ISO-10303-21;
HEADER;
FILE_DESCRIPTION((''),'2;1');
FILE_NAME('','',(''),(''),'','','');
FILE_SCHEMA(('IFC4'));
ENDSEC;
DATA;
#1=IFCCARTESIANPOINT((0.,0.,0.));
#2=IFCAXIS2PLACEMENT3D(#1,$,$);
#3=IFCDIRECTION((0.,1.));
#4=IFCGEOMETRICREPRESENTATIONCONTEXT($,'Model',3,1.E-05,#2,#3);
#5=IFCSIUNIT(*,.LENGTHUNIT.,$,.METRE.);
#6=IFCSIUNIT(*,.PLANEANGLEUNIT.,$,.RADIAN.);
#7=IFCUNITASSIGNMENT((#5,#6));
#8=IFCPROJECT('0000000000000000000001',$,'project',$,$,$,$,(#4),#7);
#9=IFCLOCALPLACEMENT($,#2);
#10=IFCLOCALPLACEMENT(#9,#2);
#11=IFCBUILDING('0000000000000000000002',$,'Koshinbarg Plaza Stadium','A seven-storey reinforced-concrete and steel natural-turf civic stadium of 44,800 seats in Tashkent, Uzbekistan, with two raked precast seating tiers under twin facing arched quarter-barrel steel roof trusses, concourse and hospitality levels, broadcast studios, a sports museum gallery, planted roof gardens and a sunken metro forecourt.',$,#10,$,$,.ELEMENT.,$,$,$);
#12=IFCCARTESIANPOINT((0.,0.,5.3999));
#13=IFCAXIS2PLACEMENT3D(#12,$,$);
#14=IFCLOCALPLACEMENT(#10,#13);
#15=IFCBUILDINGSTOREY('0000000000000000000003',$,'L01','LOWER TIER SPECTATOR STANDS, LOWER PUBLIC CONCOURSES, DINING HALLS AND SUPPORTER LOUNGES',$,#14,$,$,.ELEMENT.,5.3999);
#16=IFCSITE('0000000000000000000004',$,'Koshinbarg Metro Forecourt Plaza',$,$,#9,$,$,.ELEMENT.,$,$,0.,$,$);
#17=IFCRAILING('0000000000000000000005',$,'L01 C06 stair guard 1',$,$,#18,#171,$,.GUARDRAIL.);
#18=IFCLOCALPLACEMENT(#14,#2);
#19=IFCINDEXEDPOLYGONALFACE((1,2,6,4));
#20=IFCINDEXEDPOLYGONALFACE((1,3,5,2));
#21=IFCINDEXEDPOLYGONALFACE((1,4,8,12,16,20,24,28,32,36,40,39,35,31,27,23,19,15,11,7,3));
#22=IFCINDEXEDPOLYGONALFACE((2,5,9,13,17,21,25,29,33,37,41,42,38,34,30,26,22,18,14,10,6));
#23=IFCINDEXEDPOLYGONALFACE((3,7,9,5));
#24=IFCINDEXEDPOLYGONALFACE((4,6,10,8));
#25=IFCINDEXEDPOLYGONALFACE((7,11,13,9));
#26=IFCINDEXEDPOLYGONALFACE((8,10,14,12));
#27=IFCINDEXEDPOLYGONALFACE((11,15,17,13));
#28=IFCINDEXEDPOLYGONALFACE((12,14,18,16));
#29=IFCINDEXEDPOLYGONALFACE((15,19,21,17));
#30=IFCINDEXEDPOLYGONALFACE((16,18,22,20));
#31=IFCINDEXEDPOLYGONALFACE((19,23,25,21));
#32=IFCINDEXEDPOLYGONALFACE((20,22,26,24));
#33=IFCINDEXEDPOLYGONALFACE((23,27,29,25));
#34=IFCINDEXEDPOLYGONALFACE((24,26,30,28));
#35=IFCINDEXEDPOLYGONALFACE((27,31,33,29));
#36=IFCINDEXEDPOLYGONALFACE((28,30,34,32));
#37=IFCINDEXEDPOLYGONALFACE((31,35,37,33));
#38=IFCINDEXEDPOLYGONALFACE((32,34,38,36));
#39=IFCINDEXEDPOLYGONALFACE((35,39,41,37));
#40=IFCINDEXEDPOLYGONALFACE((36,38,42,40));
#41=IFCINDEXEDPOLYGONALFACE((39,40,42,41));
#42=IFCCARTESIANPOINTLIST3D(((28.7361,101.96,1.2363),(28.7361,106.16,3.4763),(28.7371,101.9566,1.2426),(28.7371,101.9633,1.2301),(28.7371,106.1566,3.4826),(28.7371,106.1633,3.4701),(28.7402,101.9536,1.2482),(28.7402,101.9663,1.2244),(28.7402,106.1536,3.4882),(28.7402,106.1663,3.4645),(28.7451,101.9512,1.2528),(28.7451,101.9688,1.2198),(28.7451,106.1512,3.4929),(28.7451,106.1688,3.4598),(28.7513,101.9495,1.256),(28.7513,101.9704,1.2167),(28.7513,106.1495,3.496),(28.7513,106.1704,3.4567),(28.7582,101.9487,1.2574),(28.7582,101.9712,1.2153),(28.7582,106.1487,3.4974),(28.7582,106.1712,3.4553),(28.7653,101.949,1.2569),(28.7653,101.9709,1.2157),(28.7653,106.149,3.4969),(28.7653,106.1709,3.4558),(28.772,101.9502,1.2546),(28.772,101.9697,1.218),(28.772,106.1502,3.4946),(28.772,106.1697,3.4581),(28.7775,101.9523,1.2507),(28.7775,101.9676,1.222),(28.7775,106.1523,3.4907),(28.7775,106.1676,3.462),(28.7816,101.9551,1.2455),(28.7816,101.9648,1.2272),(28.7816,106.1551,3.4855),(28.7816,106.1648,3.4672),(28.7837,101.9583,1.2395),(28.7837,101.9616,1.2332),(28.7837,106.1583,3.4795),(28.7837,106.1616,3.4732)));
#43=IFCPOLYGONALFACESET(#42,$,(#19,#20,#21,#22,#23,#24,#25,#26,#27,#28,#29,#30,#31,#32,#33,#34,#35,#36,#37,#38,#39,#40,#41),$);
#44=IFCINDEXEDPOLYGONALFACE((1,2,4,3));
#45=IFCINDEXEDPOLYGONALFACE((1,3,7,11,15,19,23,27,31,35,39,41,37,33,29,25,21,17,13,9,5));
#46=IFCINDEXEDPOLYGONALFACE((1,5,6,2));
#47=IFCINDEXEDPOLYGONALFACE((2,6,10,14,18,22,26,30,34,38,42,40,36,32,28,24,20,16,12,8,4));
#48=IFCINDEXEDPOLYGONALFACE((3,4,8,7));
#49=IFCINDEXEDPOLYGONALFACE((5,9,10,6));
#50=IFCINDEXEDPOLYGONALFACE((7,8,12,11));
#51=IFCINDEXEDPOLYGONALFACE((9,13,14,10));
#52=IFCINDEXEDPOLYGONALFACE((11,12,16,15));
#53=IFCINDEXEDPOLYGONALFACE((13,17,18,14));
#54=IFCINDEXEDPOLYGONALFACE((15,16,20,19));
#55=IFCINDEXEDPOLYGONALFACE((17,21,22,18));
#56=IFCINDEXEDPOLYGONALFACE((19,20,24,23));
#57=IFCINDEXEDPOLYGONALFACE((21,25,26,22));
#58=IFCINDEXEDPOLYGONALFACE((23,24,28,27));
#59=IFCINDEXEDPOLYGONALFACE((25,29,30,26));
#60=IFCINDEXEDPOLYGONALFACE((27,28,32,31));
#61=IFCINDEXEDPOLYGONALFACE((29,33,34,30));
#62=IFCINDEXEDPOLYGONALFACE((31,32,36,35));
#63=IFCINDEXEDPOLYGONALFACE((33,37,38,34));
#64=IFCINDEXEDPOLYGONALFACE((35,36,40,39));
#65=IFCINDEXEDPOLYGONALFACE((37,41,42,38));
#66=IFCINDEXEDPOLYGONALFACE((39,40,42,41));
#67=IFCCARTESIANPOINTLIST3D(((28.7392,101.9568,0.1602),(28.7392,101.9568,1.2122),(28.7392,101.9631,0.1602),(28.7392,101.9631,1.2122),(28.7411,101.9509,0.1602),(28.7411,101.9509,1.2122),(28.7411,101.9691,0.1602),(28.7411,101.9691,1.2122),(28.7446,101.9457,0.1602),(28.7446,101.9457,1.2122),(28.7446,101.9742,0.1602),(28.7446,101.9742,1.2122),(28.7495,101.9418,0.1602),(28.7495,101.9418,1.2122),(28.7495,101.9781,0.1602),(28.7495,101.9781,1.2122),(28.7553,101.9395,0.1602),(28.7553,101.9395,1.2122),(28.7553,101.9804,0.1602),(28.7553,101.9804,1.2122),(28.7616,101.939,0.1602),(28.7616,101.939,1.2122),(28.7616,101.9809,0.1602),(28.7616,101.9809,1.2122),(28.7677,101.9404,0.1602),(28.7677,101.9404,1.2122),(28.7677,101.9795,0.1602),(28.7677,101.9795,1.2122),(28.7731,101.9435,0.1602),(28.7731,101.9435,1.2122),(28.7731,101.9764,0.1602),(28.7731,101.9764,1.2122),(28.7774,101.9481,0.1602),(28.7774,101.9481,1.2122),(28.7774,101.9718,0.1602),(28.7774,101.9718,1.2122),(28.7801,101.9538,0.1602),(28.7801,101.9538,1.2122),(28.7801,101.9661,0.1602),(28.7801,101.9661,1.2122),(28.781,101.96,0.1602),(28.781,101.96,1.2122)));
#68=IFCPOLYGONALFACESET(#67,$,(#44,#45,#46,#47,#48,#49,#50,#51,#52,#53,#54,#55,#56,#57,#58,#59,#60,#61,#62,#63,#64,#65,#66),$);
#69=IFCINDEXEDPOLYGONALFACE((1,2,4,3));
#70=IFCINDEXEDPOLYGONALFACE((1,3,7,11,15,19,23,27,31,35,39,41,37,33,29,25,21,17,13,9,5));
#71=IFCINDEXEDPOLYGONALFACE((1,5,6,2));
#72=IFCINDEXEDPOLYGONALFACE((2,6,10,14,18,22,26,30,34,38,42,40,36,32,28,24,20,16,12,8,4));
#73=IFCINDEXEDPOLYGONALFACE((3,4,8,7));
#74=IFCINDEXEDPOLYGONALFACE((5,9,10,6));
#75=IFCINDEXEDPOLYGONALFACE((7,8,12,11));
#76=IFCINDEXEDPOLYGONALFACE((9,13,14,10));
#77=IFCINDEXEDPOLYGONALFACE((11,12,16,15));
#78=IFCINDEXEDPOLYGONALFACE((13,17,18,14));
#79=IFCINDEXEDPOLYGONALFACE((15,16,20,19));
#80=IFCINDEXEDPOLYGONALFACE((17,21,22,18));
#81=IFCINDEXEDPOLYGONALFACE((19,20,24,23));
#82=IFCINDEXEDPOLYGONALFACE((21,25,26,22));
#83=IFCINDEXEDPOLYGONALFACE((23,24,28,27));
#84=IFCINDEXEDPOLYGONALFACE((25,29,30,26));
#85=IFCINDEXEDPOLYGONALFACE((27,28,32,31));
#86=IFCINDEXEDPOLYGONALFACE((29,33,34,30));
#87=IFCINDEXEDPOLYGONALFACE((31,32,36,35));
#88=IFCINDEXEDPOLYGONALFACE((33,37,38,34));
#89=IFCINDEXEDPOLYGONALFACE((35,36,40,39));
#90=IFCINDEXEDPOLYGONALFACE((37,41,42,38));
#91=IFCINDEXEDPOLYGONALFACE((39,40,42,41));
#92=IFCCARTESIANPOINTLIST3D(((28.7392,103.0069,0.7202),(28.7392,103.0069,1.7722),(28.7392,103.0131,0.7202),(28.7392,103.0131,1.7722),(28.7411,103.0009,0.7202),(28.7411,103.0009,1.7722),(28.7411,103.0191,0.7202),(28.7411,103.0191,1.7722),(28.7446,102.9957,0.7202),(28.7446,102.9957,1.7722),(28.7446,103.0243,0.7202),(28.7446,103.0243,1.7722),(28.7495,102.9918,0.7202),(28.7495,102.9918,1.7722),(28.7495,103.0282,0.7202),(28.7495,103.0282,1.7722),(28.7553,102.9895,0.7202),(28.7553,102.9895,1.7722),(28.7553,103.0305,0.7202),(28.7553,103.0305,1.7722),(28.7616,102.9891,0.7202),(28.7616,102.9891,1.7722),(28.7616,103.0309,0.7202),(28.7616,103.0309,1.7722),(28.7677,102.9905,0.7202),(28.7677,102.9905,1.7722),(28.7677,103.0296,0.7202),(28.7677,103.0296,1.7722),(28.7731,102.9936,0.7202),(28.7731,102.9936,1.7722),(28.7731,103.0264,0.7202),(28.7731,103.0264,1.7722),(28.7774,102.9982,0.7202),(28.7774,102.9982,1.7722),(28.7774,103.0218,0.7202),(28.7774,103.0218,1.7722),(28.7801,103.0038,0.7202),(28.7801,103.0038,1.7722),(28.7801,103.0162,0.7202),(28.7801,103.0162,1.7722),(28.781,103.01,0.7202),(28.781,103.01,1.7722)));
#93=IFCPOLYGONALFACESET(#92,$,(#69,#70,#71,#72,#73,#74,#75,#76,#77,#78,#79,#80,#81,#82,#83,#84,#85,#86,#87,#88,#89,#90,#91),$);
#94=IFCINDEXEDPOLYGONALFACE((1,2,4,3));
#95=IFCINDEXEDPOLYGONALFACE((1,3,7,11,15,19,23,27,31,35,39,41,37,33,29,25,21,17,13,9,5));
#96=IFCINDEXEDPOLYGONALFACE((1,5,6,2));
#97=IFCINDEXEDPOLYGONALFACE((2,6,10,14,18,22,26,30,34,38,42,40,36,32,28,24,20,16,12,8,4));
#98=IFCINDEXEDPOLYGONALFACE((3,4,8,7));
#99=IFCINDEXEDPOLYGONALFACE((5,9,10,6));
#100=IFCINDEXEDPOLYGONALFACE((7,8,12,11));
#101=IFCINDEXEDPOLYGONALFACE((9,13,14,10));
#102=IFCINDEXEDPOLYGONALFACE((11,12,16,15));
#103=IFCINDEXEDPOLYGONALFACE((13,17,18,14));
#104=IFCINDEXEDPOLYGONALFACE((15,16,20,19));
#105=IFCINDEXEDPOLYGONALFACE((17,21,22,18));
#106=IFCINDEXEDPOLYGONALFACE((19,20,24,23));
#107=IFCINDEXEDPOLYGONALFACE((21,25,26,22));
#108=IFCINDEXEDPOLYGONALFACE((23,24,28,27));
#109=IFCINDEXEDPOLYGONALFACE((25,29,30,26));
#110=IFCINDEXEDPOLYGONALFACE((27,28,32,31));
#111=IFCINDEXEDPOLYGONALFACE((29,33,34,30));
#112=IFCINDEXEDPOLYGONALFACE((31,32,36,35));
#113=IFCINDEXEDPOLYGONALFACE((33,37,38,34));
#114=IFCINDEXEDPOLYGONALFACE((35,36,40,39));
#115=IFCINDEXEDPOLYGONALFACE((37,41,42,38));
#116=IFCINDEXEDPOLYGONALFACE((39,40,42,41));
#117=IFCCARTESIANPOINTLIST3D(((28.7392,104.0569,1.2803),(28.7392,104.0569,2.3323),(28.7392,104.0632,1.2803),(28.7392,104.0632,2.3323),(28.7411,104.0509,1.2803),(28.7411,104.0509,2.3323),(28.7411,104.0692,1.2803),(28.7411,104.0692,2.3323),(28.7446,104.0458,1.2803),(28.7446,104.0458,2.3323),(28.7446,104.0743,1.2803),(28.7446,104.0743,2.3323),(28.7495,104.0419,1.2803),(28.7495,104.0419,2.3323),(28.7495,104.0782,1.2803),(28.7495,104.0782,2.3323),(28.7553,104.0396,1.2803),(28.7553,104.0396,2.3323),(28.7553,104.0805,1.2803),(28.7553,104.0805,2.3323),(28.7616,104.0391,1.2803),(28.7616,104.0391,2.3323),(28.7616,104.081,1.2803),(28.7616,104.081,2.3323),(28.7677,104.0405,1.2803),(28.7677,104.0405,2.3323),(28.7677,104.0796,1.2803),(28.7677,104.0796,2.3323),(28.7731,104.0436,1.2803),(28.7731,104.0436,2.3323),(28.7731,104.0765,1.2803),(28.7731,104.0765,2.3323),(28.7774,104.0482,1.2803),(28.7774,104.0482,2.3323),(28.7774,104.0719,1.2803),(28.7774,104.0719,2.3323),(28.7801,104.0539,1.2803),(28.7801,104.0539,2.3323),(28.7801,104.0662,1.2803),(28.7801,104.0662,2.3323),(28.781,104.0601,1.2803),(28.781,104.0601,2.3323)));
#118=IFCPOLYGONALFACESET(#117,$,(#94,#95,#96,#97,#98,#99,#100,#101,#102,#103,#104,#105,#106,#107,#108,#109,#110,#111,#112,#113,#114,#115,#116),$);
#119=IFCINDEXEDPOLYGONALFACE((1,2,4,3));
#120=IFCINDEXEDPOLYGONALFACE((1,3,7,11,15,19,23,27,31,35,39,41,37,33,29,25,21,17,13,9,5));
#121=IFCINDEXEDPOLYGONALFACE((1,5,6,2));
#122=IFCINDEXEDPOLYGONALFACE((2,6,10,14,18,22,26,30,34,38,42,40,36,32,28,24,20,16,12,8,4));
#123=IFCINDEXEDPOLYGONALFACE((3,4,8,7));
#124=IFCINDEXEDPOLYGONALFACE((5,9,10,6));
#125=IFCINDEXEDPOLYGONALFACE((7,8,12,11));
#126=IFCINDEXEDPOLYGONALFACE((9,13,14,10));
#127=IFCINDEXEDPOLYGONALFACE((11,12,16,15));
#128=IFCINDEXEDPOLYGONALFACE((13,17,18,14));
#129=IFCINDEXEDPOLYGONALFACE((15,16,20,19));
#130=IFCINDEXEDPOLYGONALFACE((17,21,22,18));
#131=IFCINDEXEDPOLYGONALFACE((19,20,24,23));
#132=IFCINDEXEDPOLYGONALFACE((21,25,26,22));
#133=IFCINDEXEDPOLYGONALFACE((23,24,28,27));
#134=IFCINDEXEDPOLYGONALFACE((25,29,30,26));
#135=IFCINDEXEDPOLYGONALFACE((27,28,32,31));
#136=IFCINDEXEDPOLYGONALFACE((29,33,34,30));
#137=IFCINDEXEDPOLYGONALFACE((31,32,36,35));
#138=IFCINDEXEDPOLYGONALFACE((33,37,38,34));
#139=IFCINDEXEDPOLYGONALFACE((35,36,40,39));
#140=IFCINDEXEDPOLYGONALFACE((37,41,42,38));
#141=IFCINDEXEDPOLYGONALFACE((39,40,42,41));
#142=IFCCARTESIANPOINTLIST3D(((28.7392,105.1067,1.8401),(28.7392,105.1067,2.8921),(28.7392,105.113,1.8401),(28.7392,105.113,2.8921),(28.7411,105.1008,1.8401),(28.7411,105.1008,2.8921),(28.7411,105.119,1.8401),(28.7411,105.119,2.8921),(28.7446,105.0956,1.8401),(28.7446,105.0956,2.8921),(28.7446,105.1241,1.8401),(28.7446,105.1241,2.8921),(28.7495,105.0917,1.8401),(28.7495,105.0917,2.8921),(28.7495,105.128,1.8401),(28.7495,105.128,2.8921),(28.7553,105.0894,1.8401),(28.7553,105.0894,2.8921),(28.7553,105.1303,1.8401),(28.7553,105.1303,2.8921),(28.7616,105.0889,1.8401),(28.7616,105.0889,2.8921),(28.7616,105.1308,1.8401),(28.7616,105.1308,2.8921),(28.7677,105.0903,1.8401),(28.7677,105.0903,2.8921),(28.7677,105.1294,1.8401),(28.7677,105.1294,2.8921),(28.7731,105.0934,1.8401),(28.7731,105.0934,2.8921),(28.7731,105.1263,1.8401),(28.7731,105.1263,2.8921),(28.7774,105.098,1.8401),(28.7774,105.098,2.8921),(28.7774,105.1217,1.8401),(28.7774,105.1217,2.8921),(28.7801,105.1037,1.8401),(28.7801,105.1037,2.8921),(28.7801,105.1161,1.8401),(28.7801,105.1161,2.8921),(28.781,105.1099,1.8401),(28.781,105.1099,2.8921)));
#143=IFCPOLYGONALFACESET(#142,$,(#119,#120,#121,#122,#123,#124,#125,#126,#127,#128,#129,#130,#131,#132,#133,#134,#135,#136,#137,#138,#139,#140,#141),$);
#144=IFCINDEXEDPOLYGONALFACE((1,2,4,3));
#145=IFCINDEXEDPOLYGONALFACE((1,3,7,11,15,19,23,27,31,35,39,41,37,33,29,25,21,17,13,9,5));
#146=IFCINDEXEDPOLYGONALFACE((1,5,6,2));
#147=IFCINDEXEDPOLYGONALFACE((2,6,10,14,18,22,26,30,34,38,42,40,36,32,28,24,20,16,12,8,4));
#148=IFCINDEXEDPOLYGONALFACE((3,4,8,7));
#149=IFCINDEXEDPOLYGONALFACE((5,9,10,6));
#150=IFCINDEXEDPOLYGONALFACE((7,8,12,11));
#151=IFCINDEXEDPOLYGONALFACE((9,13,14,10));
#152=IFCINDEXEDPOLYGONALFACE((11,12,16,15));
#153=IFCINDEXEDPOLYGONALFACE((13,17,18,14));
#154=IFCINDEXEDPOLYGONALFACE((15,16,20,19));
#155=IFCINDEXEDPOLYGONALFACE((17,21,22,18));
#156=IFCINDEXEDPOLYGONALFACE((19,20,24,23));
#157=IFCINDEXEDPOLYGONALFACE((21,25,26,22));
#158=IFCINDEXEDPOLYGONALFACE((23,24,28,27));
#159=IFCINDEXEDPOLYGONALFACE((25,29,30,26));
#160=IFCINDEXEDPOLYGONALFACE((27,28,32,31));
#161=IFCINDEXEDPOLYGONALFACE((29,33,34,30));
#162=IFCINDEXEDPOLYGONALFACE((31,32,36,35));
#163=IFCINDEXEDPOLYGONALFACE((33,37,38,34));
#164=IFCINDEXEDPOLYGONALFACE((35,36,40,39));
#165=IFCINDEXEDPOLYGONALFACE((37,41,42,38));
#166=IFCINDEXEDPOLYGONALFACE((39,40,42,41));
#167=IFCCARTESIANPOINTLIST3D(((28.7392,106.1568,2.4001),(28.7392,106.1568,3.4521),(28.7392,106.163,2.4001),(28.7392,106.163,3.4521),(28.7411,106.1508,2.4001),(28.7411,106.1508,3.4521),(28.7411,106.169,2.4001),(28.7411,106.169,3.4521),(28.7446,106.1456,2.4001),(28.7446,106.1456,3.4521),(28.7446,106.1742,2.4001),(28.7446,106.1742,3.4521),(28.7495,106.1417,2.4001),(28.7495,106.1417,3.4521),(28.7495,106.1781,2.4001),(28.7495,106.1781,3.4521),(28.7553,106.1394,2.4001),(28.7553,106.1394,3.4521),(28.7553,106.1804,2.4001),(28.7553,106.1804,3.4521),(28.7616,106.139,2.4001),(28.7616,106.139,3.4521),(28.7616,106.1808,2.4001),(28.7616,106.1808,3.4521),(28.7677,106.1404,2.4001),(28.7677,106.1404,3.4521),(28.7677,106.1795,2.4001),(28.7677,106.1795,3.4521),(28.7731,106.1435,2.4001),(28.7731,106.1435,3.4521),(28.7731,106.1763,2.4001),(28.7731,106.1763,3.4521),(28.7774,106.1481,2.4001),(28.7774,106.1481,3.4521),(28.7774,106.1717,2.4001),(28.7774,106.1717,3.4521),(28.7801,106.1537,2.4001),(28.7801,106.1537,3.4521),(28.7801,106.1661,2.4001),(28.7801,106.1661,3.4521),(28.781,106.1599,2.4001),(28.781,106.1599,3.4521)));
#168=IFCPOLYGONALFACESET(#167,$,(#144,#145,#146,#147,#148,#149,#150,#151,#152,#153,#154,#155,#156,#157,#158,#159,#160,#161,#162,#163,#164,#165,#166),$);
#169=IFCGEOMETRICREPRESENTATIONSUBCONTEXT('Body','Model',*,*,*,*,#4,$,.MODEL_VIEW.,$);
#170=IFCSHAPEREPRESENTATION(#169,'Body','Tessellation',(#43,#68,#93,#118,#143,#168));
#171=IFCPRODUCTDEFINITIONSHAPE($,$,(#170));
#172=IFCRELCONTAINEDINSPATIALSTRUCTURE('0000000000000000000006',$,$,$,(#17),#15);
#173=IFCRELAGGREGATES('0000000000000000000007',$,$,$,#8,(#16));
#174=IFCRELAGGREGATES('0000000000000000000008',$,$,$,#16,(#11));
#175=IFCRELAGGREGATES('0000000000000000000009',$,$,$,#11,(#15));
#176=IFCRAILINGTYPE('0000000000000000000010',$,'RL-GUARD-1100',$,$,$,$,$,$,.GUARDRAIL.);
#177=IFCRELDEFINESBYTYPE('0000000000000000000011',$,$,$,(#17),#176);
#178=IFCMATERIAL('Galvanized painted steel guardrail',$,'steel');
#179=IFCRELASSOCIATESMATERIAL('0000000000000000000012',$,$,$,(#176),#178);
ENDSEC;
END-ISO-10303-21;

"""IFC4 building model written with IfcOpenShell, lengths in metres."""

from ifc_helpers import new_model, si_unit, direction, frame, origin, origin_2d, place, context, subcontext, project, spatial, circle, extrude, material, type_object, element, save


model = new_model("IFC4")

# Units and contexts
model_context = context("Model", 3, precision=1e-05, world=origin(), true_north=direction((0.0, 1.0)))
body_context = subcontext(model_context, "Body", "Model", "MODEL_VIEW")
ifc_project = project(units=[si_unit("LENGTHUNIT", "METRE"), si_unit("PLANEANGLEUNIT", "RADIAN")], contexts=[model_context])

# Site, building, storey
site_placement = place(None, origin())
site = spatial("IfcSite", under=ifc_project, at=site_placement, Name="Koshinbarg Metro Forecourt Plaza", CompositionType="ELEMENT", RefElevation=0.0)
building_placement = place(site_placement, origin())
building = spatial("IfcBuilding", under=site, at=building_placement, Name="Koshinbarg Plaza Stadium", Description="A seven-storey reinforced-concrete and steel natural-turf civic stadium of 44,800 seats in Tashkent, Uzbekistan, with two raked precast seating tiers under twin facing arched quarter-barrel steel roof trusses, concourse and hospitality levels, broadcast studios, a sports museum gallery, planted roof gardens and a sunken metro forecourt.", CompositionType="ELEMENT")
storey_placement = place(building_placement, frame((0.0, 0.0, 5.3999)))
storey = spatial("IfcBuildingStorey", under=building, at=storey_placement, Name="L01", Description="LOWER TIER SPECTATOR STANDS, LOWER PUBLIC CONCOURSES, DINING HALLS AND SUPPORTER LOUNGES", CompositionType="ELEMENT", Elevation=5.3999)

# Railing
ifc_material_1 = material(Name="Galvanized painted steel guardrail", Category="steel")
railing_type_1 = type_object("IfcRailingType", Name="RL-GUARD-1100", PredefinedType="GUARDRAIL", material=ifc_material_1)
for number, where, name in (
    (1, (28.76, 101.96, 0.1602), "L01 C06 stair guard 1"),
):
    element("IfcRailing", number, at=place(storey_placement, frame(where)), inside=storey, type_object=railing_type_1, Name=name, PredefinedType="GUARDRAIL", context=body_context, shape_type="SweptSolid", body=[
        extrude(circle(Radius=0.0239, at=origin_2d()), frame((0.0, 0.0, 1.0762), z_axis=(0.0, 0.882352, 0.470591), x_axis=(-1.0, 0.0, 0.0)), (0.0, 0.0, 1.0), 4.76),
        extrude(circle(Radius=0.021, at=origin_2d()), origin(), (0.0, 0.0, 1.0), 1.052),
        extrude(circle(Radius=0.021, at=origin_2d()), frame((0.0, 1.05, 0.5601)), (0.0, 0.0, 1.0), 1.052),
        extrude(circle(Radius=0.021, at=origin_2d()), frame((0.0, 2.1001, 1.1201)), (0.0, 0.0, 1.0), 1.052),
        extrude(circle(Radius=0.021, at=origin_2d()), frame((0.0, 3.1499, 1.6799)), (0.0, 0.0, 1.0), 1.052),
        extrude(circle(Radius=0.021, at=origin_2d()), frame((0.0, 4.2, 2.24)), (0.0, 0.0, 1.0), 1.052),
    ])

save(model, "model.ifc")
